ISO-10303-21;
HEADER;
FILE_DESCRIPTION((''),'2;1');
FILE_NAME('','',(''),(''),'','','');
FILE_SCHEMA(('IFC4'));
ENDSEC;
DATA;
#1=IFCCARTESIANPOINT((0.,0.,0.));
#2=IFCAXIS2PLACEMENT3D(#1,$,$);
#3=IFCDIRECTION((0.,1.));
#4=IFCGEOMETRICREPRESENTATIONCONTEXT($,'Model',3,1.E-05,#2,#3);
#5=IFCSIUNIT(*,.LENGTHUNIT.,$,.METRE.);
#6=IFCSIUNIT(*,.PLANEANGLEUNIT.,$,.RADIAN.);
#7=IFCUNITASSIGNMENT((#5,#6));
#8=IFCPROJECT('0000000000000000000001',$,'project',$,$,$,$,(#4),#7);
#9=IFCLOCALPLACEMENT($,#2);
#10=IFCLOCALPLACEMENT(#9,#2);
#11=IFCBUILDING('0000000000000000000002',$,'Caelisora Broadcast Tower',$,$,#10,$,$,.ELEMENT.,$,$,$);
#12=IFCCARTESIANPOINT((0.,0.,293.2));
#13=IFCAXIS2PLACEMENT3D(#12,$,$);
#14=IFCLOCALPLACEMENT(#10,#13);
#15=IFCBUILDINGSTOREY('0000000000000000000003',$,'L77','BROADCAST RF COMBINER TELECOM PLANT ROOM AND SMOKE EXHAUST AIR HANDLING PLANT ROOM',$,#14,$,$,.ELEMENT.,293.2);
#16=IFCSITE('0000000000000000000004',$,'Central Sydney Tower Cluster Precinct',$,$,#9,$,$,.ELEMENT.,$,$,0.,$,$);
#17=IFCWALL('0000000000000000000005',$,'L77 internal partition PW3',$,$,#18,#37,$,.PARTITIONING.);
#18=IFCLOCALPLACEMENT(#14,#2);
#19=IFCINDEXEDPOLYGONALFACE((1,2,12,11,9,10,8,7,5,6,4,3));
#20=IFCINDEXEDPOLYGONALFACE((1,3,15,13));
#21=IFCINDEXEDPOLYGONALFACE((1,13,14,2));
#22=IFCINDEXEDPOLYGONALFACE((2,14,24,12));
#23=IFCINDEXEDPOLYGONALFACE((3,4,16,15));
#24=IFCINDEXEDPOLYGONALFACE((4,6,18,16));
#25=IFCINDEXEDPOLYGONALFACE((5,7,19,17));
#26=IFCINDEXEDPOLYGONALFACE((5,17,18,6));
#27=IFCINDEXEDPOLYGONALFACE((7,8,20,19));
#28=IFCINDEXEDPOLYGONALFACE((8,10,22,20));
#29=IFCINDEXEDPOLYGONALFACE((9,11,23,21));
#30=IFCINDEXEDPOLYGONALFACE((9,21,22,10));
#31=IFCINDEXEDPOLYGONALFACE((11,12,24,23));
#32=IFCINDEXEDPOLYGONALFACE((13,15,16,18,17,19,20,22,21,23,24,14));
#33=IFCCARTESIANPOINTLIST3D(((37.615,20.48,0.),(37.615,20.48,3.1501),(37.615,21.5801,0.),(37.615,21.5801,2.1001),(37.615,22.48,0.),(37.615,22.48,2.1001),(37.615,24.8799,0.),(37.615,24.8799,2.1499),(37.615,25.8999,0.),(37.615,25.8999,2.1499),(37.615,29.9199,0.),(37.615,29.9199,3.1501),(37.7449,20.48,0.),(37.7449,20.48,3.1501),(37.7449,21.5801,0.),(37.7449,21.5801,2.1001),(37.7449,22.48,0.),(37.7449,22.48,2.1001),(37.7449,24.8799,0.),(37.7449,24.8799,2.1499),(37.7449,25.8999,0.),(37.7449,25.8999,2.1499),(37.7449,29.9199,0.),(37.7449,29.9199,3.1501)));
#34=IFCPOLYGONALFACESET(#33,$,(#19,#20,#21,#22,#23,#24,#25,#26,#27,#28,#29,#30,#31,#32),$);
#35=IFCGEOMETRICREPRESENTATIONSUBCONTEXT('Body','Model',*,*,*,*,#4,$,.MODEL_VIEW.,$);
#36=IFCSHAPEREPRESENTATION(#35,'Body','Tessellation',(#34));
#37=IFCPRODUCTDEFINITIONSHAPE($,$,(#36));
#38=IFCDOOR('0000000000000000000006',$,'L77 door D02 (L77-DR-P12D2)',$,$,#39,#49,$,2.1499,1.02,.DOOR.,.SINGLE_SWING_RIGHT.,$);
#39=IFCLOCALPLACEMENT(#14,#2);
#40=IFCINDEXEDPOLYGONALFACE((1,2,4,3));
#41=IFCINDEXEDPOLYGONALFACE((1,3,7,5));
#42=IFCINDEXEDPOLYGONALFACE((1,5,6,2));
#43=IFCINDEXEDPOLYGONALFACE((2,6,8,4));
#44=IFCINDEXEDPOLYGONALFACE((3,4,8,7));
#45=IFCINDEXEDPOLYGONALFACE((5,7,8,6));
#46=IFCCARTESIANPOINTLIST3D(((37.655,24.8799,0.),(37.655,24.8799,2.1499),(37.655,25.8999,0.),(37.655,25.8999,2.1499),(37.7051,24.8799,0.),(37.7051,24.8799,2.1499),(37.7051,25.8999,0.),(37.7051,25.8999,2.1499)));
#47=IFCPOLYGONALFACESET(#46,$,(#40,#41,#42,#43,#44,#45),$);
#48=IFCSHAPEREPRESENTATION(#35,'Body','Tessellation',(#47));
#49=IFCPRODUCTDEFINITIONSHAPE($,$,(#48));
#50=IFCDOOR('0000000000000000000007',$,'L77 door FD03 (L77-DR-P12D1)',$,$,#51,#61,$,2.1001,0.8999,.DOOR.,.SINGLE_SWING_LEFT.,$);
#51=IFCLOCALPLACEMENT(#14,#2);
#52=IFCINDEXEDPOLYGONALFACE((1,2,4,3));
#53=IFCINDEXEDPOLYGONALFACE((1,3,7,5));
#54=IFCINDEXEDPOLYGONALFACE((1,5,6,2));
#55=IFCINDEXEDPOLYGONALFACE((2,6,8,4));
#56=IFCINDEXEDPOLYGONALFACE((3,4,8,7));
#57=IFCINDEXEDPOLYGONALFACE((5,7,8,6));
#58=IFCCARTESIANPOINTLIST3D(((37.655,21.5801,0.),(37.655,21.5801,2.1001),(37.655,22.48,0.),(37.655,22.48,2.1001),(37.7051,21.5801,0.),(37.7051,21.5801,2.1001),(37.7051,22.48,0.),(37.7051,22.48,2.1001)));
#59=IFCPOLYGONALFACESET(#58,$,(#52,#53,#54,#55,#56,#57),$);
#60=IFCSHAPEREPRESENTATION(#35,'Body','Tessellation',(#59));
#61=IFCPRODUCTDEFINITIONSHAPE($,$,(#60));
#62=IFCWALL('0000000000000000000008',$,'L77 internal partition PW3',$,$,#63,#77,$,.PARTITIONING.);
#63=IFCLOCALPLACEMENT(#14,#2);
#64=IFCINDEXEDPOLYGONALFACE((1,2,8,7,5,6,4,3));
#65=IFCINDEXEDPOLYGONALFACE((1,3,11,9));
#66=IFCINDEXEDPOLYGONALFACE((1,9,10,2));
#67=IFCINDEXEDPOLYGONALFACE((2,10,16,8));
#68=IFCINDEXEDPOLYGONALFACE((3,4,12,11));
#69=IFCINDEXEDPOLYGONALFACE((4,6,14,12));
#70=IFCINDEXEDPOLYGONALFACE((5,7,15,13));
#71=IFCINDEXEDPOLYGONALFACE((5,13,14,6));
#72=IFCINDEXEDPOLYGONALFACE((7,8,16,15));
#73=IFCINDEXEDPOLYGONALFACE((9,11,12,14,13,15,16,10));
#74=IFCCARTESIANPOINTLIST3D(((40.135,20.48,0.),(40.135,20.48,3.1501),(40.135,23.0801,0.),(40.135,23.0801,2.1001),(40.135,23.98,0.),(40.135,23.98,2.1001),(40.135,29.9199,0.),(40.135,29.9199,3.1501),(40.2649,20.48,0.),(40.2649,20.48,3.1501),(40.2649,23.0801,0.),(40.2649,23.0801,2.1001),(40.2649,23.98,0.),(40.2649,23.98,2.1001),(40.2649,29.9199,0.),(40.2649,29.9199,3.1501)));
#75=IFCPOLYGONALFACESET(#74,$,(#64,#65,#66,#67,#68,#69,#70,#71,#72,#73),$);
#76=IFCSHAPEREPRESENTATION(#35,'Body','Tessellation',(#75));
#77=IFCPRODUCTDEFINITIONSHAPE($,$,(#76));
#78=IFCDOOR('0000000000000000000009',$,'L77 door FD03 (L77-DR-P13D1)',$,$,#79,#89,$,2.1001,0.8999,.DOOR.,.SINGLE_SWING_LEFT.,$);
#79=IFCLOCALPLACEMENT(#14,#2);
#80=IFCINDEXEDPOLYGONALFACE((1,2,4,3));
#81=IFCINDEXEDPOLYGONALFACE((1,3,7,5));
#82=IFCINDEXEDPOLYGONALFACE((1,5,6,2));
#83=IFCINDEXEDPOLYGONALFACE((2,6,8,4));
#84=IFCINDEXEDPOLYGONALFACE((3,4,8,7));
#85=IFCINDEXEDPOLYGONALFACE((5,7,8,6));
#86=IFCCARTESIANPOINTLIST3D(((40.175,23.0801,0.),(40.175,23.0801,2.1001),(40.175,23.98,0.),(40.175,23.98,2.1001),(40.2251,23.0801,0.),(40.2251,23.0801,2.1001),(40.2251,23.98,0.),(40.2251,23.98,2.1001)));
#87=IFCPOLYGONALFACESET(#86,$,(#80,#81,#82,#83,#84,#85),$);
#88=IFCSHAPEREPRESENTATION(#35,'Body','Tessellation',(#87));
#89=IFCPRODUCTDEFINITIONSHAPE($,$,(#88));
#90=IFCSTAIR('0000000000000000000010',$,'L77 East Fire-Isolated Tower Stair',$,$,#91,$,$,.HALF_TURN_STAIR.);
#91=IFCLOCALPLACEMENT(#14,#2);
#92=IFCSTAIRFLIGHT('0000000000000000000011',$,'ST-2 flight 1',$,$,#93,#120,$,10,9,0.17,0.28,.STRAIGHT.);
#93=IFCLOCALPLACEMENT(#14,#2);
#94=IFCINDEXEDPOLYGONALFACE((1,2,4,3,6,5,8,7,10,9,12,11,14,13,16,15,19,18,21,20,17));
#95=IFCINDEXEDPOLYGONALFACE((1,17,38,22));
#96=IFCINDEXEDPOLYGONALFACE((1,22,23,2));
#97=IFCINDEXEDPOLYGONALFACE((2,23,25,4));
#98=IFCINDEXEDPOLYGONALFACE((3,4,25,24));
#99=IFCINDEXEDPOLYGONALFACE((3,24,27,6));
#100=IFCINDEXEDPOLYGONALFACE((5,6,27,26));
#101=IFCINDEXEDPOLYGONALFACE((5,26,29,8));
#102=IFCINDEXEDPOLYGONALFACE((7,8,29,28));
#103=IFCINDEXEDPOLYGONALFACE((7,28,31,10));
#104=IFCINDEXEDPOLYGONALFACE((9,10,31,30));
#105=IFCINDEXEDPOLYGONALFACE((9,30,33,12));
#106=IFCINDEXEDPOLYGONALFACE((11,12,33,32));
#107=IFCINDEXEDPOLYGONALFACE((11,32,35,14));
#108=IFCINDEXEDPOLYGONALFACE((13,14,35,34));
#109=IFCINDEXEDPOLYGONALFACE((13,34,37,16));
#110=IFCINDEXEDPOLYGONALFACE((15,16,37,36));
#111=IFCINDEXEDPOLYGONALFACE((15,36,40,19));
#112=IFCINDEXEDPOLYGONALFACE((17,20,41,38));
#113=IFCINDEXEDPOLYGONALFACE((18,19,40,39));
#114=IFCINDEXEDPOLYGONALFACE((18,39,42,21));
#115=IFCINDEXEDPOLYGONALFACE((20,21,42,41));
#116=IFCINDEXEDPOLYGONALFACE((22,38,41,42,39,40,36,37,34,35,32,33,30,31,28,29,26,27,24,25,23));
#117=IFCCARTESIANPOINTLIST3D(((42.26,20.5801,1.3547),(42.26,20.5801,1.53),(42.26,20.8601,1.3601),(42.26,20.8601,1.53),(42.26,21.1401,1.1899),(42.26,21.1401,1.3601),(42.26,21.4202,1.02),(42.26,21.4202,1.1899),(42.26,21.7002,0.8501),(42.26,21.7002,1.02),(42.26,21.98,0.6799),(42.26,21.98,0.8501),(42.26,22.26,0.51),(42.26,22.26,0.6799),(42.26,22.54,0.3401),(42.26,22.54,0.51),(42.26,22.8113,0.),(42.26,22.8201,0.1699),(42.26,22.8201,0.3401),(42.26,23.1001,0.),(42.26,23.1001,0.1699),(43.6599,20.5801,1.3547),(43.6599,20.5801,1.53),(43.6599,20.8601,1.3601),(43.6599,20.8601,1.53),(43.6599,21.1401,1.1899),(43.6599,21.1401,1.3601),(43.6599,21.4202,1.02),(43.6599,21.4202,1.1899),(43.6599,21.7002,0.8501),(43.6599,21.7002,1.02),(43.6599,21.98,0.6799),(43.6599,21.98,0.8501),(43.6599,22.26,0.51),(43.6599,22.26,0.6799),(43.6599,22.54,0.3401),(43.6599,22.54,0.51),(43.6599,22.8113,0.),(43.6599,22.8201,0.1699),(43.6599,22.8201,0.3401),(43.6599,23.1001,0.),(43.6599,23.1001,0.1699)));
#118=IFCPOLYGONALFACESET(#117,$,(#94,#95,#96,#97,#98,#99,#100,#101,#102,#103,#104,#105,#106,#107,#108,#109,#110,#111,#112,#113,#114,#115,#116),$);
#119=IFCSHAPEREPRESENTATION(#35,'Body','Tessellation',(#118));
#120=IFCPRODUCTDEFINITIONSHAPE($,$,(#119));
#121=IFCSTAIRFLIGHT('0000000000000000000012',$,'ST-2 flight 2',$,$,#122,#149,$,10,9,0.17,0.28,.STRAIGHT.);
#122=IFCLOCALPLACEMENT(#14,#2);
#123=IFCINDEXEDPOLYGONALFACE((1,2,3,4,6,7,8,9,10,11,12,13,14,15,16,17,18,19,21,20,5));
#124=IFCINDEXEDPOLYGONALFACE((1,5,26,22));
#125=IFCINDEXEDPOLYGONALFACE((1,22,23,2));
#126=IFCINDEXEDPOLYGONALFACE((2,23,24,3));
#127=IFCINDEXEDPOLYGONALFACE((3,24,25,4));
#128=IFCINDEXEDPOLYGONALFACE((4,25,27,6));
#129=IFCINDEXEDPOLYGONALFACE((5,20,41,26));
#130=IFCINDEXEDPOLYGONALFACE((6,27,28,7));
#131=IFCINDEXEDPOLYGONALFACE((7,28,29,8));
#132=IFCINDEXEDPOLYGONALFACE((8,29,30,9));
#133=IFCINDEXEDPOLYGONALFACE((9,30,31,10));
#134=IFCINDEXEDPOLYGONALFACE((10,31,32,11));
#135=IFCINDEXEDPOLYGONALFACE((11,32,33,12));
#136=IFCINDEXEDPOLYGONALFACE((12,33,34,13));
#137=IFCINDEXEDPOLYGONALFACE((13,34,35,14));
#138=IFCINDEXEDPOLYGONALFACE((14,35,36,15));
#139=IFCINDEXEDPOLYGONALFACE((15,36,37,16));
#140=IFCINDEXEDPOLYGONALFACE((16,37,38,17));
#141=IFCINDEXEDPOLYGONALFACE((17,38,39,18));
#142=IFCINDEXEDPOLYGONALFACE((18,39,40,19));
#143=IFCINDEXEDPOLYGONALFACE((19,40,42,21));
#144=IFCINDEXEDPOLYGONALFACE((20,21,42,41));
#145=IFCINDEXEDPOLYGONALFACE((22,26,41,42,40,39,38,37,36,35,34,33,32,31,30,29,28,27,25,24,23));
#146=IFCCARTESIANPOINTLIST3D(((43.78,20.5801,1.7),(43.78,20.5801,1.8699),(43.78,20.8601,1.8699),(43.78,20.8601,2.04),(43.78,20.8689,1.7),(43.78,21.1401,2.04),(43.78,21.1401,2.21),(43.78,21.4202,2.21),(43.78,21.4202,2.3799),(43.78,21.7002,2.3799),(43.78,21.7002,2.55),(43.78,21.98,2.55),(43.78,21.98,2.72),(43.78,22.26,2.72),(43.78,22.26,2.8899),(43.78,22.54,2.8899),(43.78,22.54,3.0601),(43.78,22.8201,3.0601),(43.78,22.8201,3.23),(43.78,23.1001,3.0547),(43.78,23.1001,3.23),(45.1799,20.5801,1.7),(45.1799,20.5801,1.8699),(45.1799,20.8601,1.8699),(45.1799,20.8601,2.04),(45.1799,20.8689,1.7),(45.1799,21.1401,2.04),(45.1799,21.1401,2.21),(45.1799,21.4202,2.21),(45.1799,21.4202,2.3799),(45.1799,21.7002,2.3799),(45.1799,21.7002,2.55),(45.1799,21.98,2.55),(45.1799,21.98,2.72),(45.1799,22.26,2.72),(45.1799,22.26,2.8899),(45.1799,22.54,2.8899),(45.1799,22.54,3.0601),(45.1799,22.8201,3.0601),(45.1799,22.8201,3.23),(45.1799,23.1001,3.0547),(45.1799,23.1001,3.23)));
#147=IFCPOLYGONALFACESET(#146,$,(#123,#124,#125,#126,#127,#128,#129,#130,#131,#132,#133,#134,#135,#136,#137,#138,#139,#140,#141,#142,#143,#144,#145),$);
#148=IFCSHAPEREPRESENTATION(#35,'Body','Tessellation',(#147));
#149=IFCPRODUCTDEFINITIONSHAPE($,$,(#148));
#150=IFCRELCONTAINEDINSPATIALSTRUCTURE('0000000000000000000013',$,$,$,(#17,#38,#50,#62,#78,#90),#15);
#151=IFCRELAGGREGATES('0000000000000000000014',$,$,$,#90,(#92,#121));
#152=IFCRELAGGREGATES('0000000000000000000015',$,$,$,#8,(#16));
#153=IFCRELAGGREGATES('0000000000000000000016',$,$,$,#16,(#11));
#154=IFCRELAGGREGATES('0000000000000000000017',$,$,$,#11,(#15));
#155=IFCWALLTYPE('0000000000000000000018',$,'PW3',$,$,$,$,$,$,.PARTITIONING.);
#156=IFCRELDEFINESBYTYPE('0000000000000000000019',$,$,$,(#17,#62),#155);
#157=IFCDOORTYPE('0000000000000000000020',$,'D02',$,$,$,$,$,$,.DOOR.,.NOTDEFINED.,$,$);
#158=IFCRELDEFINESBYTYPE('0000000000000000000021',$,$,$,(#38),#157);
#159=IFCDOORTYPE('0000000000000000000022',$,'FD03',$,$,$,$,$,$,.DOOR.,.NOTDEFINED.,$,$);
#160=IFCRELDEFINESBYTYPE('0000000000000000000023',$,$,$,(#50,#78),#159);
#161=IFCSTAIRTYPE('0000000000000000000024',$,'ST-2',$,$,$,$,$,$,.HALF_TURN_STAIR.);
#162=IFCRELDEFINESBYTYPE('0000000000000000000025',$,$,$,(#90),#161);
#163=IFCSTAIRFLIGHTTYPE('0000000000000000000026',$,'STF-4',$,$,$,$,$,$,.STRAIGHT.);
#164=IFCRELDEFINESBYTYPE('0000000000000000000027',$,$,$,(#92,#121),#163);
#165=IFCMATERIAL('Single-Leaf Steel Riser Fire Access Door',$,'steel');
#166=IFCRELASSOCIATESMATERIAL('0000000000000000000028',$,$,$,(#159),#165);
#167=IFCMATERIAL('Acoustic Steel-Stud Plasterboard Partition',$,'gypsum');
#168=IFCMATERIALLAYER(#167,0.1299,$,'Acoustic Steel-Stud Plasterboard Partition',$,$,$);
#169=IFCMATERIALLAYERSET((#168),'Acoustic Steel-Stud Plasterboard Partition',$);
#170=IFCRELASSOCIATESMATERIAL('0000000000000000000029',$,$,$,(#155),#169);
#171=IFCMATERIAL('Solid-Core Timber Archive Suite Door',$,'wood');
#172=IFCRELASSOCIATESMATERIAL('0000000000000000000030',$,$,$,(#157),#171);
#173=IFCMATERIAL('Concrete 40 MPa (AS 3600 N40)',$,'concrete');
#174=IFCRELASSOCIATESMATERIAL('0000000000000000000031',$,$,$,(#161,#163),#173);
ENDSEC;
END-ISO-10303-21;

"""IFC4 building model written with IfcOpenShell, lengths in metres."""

from ifc_helpers import new_model, si_unit, direction, frame, frame_2d, origin, place, context, subcontext, project, spatial, polyline, rectangle, outline, extrude, material, layer, layer_set, type_object, element, fill, aggregate, save


model = new_model("IFC4")

# Units and contexts
model_context = context("Model", 3, precision=1e-05, world=origin(), true_north=direction((0.0, 1.0)))
body_context = subcontext(model_context, "Body", "Model", "MODEL_VIEW")
ifc_project = project(units=[si_unit("LENGTHUNIT", "METRE"), si_unit("PLANEANGLEUNIT", "RADIAN")], contexts=[model_context])

# Site, building, storey
site_placement = place(None, origin())
site = spatial("IfcSite", under=ifc_project, at=site_placement, Name="Central Sydney Tower Cluster Precinct", CompositionType="ELEMENT", RefElevation=0.0)
building_placement = place(site_placement, origin())
building = spatial("IfcBuilding", under=site, at=building_placement, Name="Caelisora Broadcast Tower", CompositionType="ELEMENT")
storey_placement = place(building_placement, frame((0.0, 0.0, 293.2)))
storey = spatial("IfcBuildingStorey", under=building, at=storey_placement, Name="L77", Description="BROADCAST RF COMBINER TELECOM PLANT ROOM AND SMOKE EXHAUST AIR HANDLING PLANT ROOM", CompositionType="ELEMENT", Elevation=293.2)

# Shared definitions
ifc_material_1 = material(Name="Concrete 40 MPa (AS 3600 N40)", Category="concrete")

# Shared definitions
ifc_material_2 = material(Name="Single-Leaf Steel Riser Fire Access Door", Category="steel")
door_type_1 = type_object("IfcDoorType", Name="FD03", OperationType="NOTDEFINED", PredefinedType="DOOR", material=ifc_material_2)

# Wall, openings, doors
ifc_material_3 = material(Name="Acoustic Steel-Stud Plasterboard Partition", Category="gypsum")
ifc_layer_1 = layer(ifc_material_3, 0.1299, Name="Acoustic Steel-Stud Plasterboard Partition")
ifc_layer_set_1 = layer_set([ifc_layer_1], Name="Acoustic Steel-Stud Plasterboard Partition")
wall_type_1 = type_object("IfcWallType", Name="PW3", PredefinedType="PARTITIONING", material=ifc_layer_set_1)
wall_1_placement = place(storey_placement, frame((37.6799, 20.48, 0.0), z_axis=(0.0, 0.0, 1.0), x_axis=(0.0, 1.0, 0.0)))
wall_1 = element("IfcWall", 1, at=wall_1_placement, inside=storey, type_object=wall_type_1, Name="L77 internal partition PW3", PredefinedType="PARTITIONING", context=body_context, shape_type="SweptSolid", body=[
    extrude(rectangle(XDim=9.4399, YDim=0.1299, at=frame_2d((4.72, 0.0))), origin(), (0.0, 0.0, 1.0), 3.1501),
])
opening_1_placement = place(wall_1_placement, frame((1.1001, 0.0, 0.0)))
opening_1 = element("IfcOpeningElement", 2, at=opening_1_placement, cuts=wall_1, PredefinedType="OPENING", context=body_context, shape_type="SweptSolid", body=[
    extrude(rectangle(XDim=0.8999, YDim=2.1001, at=frame_2d((0.45, 1.05))), frame((0.0, 0.0769, 0.0), z_axis=(0.0, -1.0, 0.0), x_axis=(1.0, 0.0, 0.0)), (0.0, 0.0, 1.0), 0.1538),
])
opening_2_placement = place(wall_1_placement, frame((4.3999, 0.0, 0.0)))
opening_2 = element("IfcOpeningElement", 3, at=opening_2_placement, cuts=wall_1, PredefinedType="OPENING", context=body_context, shape_type="SweptSolid", body=[
    extrude(rectangle(XDim=1.02, YDim=2.1499, at=frame_2d((0.51, 1.075))), frame((0.0, 0.0769, 0.0), z_axis=(0.0, -1.0, 0.0), x_axis=(1.0, 0.0, 0.0)), (0.0, 0.0, 1.0), 0.1538),
])
ifc_material_4 = material(Name="Solid-Core Timber Archive Suite Door", Category="wood")
door_type_2 = type_object("IfcDoorType", Name="D02", OperationType="NOTDEFINED", PredefinedType="DOOR", material=ifc_material_4)
door_1_placement = place(opening_2_placement, origin())
door_1 = element("IfcDoor", 4, at=door_1_placement, inside=storey, type_object=door_type_2, Name="L77 door D02 (L77-DR-P12D2)", OperationType="SINGLE_SWING_RIGHT", OverallHeight=2.1499, OverallWidth=1.02, PredefinedType="DOOR", context=body_context, shape_type="SweptSolid", body=[
    extrude(rectangle(XDim=1.02, YDim=2.1499, at=frame_2d((0.51, 1.075))), frame((0.0, 0.0249, 0.0), z_axis=(0.0, -1.0, 0.0), x_axis=(1.0, 0.0, 0.0)), (0.0, 0.0, 1.0), 0.05),
])
fill(opening_2, door_1)
door_2_placement = place(opening_1_placement, origin())
door_2 = element("IfcDoor", 5, at=door_2_placement, inside=storey, type_object=door_type_1, Name="L77 door FD03 (L77-DR-P12D1)", OperationType="SINGLE_SWING_LEFT", OverallHeight=2.1001, OverallWidth=0.8999, PredefinedType="DOOR", context=body_context, shape_type="SweptSolid", body=[
    extrude(rectangle(XDim=0.8999, YDim=2.1001, at=frame_2d((0.45, 1.05))), frame((0.0, 0.0249, 0.0), z_axis=(0.0, -1.0, 0.0), x_axis=(1.0, 0.0, 0.0)), (0.0, 0.0, 1.0), 0.05),
])
fill(opening_1, door_2)

# Wall, opening, door
wall_2_placement = place(storey_placement, frame((40.2, 20.48, 0.0), z_axis=(0.0, 0.0, 1.0), x_axis=(0.0, 1.0, 0.0)))
wall_2 = element("IfcWall", 6, at=wall_2_placement, inside=storey, type_object=wall_type_1, Name="L77 internal partition PW3", PredefinedType="PARTITIONING", context=body_context, shape_type="SweptSolid", body=[
    extrude(rectangle(XDim=9.4399, YDim=0.1299, at=frame_2d((4.72, 0.0))), origin(), (0.0, 0.0, 1.0), 3.1501),
])
opening_3_placement = place(wall_2_placement, frame((2.6001, 0.0, 0.0)))
opening_3 = element("IfcOpeningElement", 7, at=opening_3_placement, cuts=wall_2, PredefinedType="OPENING", context=body_context, shape_type="SweptSolid", body=[
    extrude(rectangle(XDim=0.8999, YDim=2.1001, at=frame_2d((0.45, 1.05))), frame((0.0, 0.0769, 0.0), z_axis=(0.0, -1.0, 0.0), x_axis=(1.0, 0.0, 0.0)), (0.0, 0.0, 1.0), 0.1538),
])
door_3_placement = place(opening_3_placement, origin())
door_3 = element("IfcDoor", 8, at=door_3_placement, inside=storey, type_object=door_type_1, Name="L77 door FD03 (L77-DR-P13D1)", OperationType="SINGLE_SWING_LEFT", OverallHeight=2.1001, OverallWidth=0.8999, PredefinedType="DOOR", context=body_context, shape_type="SweptSolid", body=[
    extrude(rectangle(XDim=0.8999, YDim=2.1001, at=frame_2d((0.45, 1.05))), frame((0.0, 0.0249, 0.0), z_axis=(0.0, -1.0, 0.0), x_axis=(1.0, 0.0, 0.0)), (0.0, 0.0, 1.0), 0.05),
])
fill(opening_3, door_3)

# Stair, stair flights
stair_type = type_object("IfcStairType", Name="ST-2", PredefinedType="HALF_TURN_STAIR", material=ifc_material_1)
stair_placement = place(storey_placement, origin())
stair = element("IfcStair", 9, at=stair_placement, inside=storey, type_object=stair_type, Name="L77 East Fire-Isolated Tower Stair", PredefinedType="HALF_TURN_STAIR")
stair_flight_type = type_object("IfcStairFlightType", Name="STF-4", PredefinedType="STRAIGHT", material=ifc_material_1)
stair_flight_1_placement = place(storey_placement, frame((42.96, 23.1001, 0.0), z_axis=(0.0, 0.0, 1.0), x_axis=(0.0, -1.0, 0.0)))
stair_flight_1 = element("IfcStairFlight", 10, at=stair_flight_1_placement, type_object=stair_flight_type, Name="ST-2 flight 1", NumberOfRisers=10, NumberOfTreads=9, PredefinedType="STRAIGHT", RiserHeight=0.17, TreadLength=0.28, context=body_context, shape_type="SweptSolid", body=[
    extrude(outline(polyline([(0.0, 0.0), (0.0, 0.1699), (0.28, 0.1699), (0.28, 0.3401), (0.5601, 0.3401), (0.5601, 0.51), (0.8401, 0.51), (0.8401, 0.6799), (1.1201, 0.6799), (1.1201, 0.8501), (1.3999, 0.8501), (1.3999, 1.02), (1.6799, 1.02), (1.6799, 1.1899), (1.96, 1.1899), (1.96, 1.3601), (2.24, 1.3601), (2.24, 1.53), (2.52, 1.53), (2.52, 1.7), (2.52, 1.3547), (0.2888, 0.0), (0.0, 0.0)])), frame((0.0, 0.7, 0.0), z_axis=(0.0, -1.0, 0.0), x_axis=(1.0, 0.0, 0.0)), (0.0, 0.0, 1.0), 1.3999),
])
stair_flight_2_placement = place(storey_placement, frame((44.48, 20.5801, 1.7), z_axis=(0.0, 0.0, 1.0), x_axis=(0.0, 1.0, 0.0)))
stair_flight_2 = element("IfcStairFlight", 11, at=stair_flight_2_placement, type_object=stair_flight_type, Name="ST-2 flight 2", NumberOfRisers=10, NumberOfTreads=9, PredefinedType="STRAIGHT", RiserHeight=0.17, TreadLength=0.28, context=body_context, shape_type="SweptSolid", body=[
    extrude(outline(polyline([(0.0, 0.0), (0.0, 0.1699), (0.28, 0.1699), (0.28, 0.3401), (0.5601, 0.3401), (0.5601, 0.51), (0.8401, 0.51), (0.8401, 0.6799), (1.1201, 0.6799), (1.1201, 0.8501), (1.3999, 0.8501), (1.3999, 1.02), (1.6799, 1.02), (1.6799, 1.1899), (1.96, 1.1899), (1.96, 1.3601), (2.24, 1.3601), (2.24, 1.53), (2.52, 1.53), (2.52, 1.7), (2.52, 1.3547), (0.2888, 0.0), (0.0, 0.0)])), frame((0.0, 0.7, 0.0), z_axis=(0.0, -1.0, 0.0), x_axis=(1.0, 0.0, 0.0)), (0.0, 0.0, 1.0), 1.3999),
])
aggregate(stair, [stair_flight_1, stair_flight_2])

save(model, "model.ifc")
